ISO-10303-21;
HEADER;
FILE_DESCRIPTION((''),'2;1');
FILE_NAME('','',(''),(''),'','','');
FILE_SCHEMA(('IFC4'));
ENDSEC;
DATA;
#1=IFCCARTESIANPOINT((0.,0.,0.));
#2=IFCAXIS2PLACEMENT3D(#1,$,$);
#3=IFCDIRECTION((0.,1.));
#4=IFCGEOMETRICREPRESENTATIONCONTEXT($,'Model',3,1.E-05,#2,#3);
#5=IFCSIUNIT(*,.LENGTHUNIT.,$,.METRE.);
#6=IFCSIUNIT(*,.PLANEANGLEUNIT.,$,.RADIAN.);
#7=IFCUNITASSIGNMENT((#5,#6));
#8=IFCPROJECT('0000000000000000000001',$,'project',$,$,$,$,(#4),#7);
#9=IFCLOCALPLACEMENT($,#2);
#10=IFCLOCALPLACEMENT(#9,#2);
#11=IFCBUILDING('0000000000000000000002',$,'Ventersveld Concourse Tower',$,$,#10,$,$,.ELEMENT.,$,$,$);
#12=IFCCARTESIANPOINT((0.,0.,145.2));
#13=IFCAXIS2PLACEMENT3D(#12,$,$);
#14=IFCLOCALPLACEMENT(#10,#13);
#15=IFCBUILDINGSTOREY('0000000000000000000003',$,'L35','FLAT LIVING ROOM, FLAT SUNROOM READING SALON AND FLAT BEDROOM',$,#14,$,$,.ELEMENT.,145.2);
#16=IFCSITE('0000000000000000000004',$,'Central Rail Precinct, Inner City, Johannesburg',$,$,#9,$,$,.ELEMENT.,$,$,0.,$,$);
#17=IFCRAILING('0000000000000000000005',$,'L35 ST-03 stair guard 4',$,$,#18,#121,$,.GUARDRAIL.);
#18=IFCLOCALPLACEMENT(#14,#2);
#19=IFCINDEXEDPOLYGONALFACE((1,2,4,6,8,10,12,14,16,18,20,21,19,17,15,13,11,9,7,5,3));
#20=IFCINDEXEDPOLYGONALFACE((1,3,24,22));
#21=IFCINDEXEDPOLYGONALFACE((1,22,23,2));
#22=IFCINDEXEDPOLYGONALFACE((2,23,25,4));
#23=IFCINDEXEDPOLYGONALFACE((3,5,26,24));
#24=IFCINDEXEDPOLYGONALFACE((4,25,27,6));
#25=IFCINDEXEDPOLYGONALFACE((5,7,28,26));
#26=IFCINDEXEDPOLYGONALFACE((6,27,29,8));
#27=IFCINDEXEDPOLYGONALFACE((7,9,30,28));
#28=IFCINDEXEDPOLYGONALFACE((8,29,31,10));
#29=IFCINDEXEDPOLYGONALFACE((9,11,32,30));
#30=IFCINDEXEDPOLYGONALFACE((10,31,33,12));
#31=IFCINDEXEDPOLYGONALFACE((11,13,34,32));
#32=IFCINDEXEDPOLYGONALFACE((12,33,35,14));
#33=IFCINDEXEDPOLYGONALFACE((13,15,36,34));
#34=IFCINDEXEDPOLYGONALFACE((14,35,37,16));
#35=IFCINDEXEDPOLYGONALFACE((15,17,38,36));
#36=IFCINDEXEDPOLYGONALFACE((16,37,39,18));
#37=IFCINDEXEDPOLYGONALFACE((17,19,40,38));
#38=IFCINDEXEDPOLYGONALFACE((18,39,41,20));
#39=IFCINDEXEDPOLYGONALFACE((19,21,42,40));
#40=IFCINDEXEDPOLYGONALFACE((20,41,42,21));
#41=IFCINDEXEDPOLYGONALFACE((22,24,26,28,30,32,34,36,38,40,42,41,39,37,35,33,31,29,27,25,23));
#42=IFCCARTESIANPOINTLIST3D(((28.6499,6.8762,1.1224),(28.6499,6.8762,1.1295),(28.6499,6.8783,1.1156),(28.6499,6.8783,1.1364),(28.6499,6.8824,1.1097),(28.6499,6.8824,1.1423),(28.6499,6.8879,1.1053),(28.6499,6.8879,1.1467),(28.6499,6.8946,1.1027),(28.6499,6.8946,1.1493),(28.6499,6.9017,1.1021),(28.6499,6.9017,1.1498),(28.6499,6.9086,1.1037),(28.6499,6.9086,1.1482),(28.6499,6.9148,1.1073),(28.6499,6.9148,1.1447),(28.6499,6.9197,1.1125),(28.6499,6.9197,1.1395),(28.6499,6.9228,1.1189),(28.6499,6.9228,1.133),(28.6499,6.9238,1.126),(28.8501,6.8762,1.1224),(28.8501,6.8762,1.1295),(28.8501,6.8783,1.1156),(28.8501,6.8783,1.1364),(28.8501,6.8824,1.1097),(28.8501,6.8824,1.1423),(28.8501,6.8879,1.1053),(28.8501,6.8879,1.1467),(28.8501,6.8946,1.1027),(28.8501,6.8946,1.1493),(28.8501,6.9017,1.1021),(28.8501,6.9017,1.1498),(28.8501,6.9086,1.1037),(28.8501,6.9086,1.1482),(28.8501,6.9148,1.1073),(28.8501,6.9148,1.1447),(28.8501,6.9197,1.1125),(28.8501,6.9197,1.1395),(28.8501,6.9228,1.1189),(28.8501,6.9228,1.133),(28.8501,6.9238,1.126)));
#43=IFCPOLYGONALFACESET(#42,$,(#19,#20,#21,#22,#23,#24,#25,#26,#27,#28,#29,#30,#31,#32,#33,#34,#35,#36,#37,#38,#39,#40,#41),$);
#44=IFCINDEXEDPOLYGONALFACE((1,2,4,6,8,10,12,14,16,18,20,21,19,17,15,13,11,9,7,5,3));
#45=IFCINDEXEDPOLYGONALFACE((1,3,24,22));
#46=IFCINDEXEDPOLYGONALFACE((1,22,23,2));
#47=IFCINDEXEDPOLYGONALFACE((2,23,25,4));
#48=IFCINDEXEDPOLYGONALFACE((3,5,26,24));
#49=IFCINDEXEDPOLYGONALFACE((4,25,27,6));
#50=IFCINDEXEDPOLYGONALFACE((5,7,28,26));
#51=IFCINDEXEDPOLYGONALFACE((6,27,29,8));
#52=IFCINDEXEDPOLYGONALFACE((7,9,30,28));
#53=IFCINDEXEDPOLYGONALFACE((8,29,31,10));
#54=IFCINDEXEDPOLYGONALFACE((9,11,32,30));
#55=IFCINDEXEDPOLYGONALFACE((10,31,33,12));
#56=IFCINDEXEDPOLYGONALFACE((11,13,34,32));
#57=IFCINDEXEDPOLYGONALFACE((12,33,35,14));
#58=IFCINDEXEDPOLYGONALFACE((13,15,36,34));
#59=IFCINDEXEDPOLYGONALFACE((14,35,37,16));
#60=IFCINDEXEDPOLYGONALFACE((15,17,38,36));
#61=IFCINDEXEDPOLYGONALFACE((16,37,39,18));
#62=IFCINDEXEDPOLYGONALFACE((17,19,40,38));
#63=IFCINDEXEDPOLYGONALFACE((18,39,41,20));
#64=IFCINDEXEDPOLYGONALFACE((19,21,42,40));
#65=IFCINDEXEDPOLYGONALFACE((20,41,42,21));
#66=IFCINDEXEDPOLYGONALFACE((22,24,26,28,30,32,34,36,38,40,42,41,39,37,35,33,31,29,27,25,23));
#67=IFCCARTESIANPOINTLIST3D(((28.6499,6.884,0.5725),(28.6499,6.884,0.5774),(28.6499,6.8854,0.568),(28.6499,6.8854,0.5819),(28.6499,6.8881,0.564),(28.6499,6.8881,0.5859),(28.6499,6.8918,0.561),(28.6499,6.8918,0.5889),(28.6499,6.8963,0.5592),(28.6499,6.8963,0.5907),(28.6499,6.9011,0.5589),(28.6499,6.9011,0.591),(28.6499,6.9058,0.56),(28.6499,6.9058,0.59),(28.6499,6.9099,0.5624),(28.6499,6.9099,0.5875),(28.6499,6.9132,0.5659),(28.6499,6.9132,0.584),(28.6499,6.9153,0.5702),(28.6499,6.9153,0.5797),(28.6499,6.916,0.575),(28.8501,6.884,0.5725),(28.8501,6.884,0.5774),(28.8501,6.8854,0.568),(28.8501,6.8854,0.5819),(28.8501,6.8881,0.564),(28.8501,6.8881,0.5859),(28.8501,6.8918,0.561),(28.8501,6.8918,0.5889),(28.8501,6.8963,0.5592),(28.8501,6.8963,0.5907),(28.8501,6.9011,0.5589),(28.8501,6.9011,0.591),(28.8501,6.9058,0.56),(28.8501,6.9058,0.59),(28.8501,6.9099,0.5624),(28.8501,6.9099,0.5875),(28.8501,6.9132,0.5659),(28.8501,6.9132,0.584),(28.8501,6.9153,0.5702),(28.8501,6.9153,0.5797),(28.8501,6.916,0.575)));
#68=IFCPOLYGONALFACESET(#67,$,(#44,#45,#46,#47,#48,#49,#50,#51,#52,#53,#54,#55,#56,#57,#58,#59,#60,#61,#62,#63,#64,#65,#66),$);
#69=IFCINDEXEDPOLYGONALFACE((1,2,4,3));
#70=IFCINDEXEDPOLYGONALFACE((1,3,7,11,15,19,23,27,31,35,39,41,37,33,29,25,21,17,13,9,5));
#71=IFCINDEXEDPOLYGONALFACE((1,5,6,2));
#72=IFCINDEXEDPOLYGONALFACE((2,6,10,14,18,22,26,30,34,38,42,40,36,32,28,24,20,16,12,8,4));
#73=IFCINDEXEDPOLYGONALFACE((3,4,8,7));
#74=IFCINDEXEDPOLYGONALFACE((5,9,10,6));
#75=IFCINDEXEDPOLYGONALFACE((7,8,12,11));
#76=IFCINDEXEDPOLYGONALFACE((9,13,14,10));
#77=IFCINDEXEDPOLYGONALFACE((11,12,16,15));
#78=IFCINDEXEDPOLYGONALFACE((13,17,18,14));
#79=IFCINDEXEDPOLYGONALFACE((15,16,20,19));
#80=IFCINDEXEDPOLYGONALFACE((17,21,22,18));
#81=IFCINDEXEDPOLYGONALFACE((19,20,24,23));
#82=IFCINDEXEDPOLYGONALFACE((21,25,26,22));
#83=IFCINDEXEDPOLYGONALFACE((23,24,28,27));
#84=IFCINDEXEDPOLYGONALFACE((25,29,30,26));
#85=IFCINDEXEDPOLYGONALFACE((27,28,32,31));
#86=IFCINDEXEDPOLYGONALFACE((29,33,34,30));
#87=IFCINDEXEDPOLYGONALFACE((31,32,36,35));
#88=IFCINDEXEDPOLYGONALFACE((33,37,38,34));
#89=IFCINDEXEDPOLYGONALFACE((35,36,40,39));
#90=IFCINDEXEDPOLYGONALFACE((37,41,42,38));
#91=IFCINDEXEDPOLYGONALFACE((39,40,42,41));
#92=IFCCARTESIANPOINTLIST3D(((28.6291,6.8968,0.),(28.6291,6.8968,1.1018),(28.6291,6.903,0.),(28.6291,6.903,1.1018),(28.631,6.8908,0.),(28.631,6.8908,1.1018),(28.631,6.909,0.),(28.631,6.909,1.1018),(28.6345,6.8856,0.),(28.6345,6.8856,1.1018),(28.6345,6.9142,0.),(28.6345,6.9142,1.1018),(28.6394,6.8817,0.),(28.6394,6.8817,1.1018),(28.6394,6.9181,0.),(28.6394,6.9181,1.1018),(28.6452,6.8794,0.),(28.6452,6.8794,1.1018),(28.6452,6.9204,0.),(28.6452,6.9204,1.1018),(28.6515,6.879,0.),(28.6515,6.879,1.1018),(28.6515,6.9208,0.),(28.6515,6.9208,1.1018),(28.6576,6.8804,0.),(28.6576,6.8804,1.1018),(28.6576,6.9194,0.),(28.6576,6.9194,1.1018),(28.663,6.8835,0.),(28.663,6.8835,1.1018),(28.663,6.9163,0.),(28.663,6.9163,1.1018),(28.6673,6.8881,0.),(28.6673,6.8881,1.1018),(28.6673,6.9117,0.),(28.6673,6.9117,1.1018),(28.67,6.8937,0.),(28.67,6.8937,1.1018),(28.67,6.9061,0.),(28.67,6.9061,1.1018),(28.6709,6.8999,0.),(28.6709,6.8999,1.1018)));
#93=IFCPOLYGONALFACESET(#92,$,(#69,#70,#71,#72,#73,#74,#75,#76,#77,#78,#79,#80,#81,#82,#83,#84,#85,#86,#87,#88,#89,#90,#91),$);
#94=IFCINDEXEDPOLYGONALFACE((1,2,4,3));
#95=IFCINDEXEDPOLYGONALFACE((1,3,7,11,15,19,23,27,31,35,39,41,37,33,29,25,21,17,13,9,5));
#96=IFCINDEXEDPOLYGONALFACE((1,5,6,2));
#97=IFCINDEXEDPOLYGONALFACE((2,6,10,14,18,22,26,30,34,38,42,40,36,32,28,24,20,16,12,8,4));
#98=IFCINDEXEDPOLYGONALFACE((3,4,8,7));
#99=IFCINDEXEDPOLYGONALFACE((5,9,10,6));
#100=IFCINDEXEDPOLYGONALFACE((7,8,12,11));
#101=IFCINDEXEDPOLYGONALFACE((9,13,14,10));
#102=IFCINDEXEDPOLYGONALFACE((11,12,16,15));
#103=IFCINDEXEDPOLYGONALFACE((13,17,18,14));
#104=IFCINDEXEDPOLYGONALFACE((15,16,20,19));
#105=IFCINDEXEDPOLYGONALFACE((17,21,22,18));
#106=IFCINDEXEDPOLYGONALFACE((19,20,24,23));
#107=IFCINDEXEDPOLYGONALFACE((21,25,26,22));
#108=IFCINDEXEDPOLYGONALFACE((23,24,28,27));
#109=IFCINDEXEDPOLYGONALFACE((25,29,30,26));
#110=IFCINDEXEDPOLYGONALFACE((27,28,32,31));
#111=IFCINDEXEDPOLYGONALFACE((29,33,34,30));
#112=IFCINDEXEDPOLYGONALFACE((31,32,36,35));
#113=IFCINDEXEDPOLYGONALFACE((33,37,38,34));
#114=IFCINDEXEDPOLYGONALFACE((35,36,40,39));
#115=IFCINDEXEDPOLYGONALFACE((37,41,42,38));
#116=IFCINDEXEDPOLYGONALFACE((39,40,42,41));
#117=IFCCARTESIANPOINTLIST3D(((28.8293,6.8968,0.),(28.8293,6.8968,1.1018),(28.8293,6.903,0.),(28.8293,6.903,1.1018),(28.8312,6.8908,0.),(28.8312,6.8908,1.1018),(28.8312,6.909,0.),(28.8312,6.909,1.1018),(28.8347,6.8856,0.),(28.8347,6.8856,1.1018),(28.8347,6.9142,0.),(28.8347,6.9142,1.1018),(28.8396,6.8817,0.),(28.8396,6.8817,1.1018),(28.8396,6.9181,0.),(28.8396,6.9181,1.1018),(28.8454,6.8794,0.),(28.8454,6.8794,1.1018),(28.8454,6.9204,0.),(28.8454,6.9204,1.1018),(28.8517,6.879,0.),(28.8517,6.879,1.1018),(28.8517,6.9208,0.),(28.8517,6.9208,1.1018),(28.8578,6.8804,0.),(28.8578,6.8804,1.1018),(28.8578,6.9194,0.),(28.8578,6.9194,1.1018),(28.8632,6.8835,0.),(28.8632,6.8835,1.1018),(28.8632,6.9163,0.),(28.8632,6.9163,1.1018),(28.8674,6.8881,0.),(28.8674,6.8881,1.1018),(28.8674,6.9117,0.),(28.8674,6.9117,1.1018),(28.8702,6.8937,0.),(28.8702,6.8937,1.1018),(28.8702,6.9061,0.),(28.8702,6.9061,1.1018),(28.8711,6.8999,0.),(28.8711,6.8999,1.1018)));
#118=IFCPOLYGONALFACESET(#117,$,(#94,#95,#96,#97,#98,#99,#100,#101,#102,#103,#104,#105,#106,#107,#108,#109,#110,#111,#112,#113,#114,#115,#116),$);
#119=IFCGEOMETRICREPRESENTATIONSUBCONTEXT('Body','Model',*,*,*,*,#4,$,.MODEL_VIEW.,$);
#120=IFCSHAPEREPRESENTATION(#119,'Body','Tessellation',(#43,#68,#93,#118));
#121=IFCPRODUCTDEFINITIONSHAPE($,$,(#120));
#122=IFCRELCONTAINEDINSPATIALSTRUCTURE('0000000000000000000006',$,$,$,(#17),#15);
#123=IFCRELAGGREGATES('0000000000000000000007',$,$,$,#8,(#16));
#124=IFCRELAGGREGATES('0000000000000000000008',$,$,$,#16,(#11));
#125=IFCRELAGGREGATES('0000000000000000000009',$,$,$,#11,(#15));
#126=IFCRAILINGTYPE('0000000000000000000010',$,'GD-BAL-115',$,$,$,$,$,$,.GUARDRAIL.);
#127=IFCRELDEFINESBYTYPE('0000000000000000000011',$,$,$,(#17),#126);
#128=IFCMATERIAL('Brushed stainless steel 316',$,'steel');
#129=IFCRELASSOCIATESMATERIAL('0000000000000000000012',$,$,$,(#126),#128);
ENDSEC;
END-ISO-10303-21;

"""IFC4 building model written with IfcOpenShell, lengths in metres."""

from ifc_helpers import new_model, si_unit, direction, frame, origin, origin_2d, place, context, subcontext, project, spatial, circle, extrude, material, type_object, element, save


model = new_model("IFC4")

# Units and contexts
model_context = context("Model", 3, precision=1e-05, world=origin(), true_north=direction((0.0, 1.0)))
body_context = subcontext(model_context, "Body", "Model", "MODEL_VIEW")
ifc_project = project(units=[si_unit("LENGTHUNIT", "METRE"), si_unit("PLANEANGLEUNIT", "RADIAN")], contexts=[model_context])

# Site, building, storey
site_placement = place(None, origin())
site = spatial("IfcSite", under=ifc_project, at=site_placement, Name="Central Rail Precinct, Inner City, Johannesburg", CompositionType="ELEMENT", RefElevation=0.0)
building_placement = place(site_placement, origin())
building = spatial("IfcBuilding", under=site, at=building_placement, Name="Ventersveld Concourse Tower", CompositionType="ELEMENT")
storey_placement = place(building_placement, frame((0.0, 0.0, 145.2)))
storey = spatial("IfcBuildingStorey", under=building, at=storey_placement, Name="L35", Description="FLAT LIVING ROOM, FLAT SUNROOM READING SALON AND FLAT BEDROOM", CompositionType="ELEMENT", Elevation=145.2)

# Shared definitions
ifc_material_1 = material(Name="Brushed stainless steel 316", Category="steel")

# Railing
railing_type_1 = type_object("IfcRailingType", Name="GD-BAL-115", PredefinedType="GUARDRAIL", material=ifc_material_1)
railing_1_placement = place(storey_placement, frame((28.6499, 6.8999, 0.0)))
element("IfcRailing", 1, at=railing_1_placement, inside=storey, type_object=railing_type_1, Name="L35 ST-03 stair guard 4", PredefinedType="GUARDRAIL", context=body_context, shape_type="SweptSolid", body=[
    extrude(circle(Radius=0.0239, at=origin_2d()), frame((0.0, 0.0, 1.126), z_axis=(1.0, 0.0, 0.0), x_axis=(0.0, 1.0, 0.0)), (0.0, 0.0, 1.0), 0.2002),
    extrude(circle(Radius=0.0161, at=origin_2d()), frame((0.0, 0.0, 0.575), z_axis=(1.0, 0.0, 0.0), x_axis=(0.0, 1.0, 0.0)), (0.0, 0.0, 1.0), 0.2002),
    extrude(circle(Radius=0.021, at=origin_2d()), origin(), (0.0, 0.0, 1.0), 1.1018),
    extrude(circle(Radius=0.021, at=origin_2d()), frame((0.2002, 0.0, 0.0)), (0.0, 0.0, 1.0), 1.1018),
])

save(model, "model.ifc")
